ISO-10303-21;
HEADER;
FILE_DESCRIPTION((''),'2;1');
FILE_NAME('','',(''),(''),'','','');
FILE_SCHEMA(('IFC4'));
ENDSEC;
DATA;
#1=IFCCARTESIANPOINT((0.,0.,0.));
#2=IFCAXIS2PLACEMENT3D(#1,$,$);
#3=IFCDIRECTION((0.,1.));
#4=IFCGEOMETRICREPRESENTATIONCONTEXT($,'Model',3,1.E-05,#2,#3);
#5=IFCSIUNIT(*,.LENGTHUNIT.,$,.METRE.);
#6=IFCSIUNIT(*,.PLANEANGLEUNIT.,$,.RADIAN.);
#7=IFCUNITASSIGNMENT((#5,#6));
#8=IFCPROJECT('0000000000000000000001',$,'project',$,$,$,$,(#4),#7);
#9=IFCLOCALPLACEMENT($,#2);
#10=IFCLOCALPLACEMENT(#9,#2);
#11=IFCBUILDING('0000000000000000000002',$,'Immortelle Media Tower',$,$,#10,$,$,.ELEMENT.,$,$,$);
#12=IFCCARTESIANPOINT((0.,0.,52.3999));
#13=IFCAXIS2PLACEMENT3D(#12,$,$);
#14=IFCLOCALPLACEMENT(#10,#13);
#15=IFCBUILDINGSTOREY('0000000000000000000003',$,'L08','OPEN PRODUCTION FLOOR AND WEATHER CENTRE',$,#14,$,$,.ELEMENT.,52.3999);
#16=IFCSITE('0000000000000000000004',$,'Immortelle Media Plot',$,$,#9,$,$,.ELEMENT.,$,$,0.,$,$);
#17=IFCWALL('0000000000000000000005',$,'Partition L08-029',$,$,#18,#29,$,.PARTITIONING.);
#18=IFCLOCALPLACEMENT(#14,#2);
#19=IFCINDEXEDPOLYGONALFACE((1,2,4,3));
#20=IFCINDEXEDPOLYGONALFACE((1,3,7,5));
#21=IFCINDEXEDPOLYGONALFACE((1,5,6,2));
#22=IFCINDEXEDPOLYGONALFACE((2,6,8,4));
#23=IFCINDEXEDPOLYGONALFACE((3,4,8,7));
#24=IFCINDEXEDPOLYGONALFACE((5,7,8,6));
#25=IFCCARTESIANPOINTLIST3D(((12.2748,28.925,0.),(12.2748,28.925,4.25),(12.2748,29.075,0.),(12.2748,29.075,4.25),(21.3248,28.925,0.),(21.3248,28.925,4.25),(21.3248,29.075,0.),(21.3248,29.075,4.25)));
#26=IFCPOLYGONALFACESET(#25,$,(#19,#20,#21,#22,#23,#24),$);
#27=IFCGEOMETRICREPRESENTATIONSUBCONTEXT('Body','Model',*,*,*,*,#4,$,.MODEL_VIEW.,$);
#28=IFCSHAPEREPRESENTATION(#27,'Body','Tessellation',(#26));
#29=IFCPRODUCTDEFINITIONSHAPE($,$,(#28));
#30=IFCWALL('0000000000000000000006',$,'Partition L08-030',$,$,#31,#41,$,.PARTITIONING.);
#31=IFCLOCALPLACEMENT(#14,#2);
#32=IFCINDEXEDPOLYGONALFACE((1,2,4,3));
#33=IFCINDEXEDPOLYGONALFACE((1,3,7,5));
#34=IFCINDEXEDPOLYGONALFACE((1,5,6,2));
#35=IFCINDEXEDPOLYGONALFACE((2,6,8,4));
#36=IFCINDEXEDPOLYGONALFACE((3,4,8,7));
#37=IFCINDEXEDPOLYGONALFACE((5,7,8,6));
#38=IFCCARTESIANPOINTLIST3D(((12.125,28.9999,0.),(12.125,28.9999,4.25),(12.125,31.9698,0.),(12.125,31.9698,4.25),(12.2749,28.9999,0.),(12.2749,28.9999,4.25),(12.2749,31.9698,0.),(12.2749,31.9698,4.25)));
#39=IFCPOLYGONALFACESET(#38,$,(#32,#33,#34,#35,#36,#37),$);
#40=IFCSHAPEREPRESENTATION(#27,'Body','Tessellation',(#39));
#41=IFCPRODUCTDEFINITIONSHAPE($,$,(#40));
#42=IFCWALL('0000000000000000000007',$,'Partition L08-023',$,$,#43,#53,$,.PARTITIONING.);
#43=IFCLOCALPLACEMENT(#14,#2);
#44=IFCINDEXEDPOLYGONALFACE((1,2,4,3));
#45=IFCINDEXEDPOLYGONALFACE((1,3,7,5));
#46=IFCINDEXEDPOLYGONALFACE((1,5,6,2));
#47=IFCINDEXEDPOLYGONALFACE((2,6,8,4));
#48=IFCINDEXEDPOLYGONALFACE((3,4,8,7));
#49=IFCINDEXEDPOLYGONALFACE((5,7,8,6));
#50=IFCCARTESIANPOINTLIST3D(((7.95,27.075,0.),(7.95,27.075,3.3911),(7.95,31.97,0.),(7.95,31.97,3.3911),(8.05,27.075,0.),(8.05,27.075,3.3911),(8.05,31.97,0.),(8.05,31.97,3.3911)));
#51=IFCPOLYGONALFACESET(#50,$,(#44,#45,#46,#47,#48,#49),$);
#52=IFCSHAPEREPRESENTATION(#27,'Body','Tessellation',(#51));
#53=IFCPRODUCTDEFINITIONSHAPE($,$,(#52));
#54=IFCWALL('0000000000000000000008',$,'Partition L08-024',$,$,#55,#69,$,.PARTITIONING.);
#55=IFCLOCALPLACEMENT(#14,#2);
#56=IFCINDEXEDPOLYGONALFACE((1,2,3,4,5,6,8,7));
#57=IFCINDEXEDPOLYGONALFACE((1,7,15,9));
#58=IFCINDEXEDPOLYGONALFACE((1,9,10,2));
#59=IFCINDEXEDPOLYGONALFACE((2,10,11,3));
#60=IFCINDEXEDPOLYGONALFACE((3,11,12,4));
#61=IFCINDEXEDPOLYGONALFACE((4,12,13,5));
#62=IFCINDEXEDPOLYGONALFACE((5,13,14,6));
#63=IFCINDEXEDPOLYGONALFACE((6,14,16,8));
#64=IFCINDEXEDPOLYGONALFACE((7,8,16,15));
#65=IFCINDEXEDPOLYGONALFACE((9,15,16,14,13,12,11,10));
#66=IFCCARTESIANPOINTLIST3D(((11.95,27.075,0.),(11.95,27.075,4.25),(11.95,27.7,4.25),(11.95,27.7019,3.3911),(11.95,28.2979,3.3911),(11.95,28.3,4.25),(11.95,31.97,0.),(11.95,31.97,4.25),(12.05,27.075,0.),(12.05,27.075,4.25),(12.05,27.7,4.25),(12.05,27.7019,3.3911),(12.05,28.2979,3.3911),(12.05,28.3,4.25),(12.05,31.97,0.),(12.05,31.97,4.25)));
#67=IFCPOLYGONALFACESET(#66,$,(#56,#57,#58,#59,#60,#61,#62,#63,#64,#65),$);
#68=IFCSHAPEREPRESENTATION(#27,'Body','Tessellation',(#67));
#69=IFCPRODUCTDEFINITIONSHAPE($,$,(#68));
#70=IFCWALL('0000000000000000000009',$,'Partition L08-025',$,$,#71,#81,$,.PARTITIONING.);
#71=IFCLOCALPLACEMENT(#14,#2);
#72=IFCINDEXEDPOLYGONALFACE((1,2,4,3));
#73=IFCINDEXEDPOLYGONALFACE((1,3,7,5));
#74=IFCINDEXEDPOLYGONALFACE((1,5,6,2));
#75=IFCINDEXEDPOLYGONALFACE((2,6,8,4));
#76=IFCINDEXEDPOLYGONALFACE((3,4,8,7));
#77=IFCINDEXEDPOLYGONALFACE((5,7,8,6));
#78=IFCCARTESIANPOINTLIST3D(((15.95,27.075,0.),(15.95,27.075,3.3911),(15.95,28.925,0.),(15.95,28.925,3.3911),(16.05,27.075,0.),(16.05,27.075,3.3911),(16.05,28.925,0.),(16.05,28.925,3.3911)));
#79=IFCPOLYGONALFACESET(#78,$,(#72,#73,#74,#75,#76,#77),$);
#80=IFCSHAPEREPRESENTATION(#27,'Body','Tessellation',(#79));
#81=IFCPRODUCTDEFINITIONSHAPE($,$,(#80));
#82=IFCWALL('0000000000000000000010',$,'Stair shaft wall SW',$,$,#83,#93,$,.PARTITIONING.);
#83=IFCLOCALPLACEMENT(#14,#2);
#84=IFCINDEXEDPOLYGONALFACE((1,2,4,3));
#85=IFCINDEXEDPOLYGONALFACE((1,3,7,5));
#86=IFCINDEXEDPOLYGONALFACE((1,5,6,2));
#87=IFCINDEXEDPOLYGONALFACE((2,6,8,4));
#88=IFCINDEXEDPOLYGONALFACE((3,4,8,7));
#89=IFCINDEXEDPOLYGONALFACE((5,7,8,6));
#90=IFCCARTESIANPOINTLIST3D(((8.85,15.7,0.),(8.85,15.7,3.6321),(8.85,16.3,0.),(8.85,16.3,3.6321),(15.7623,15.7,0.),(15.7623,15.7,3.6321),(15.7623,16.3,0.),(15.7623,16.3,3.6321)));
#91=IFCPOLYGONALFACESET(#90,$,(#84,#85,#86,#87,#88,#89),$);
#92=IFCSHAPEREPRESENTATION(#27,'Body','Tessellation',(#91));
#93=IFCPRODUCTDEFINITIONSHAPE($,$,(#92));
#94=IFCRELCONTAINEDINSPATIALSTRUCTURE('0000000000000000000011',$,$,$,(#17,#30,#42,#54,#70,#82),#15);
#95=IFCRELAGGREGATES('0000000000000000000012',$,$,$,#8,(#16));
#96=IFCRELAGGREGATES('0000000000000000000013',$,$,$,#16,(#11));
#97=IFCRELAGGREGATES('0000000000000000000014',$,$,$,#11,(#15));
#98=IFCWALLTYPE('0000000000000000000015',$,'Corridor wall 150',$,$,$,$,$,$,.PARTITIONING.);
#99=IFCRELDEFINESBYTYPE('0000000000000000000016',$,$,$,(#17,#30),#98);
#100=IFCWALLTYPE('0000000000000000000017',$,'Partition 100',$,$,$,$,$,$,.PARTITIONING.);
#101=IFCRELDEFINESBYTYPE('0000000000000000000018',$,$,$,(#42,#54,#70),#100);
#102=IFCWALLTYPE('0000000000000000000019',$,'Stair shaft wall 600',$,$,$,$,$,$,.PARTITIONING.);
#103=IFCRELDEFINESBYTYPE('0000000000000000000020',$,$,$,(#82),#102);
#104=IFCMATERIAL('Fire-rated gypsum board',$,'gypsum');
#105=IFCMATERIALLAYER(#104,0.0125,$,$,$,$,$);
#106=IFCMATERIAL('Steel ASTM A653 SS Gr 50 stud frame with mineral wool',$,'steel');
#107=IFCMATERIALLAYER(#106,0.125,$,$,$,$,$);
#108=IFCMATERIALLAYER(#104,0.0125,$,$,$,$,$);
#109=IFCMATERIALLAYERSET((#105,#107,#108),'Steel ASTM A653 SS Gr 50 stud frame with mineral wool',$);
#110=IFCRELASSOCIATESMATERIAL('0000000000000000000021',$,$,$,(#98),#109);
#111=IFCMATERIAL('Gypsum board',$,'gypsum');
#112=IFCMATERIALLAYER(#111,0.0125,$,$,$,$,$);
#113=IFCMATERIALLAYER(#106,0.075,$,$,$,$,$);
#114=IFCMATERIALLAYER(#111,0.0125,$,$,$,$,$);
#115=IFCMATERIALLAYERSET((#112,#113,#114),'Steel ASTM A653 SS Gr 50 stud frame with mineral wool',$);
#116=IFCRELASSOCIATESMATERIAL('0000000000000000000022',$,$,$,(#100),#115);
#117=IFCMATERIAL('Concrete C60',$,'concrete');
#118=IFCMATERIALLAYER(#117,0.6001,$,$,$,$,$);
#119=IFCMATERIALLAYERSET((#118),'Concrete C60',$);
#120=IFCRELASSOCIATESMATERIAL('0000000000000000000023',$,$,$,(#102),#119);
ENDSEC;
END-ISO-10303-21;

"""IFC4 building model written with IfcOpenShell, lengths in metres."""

from ifc_helpers import new_model, si_unit, direction, frame, frame_2d, origin, place, context, subcontext, project, spatial, polyline, rectangle, outline, extrude, material, layer, layer_set, type_object, element, save


model = new_model("IFC4")

# Units and contexts
model_context = context("Model", 3, precision=1e-05, world=origin(), true_north=direction((0.0, 1.0)))
body_context = subcontext(model_context, "Body", "Model", "MODEL_VIEW")
ifc_project = project(units=[si_unit("LENGTHUNIT", "METRE"), si_unit("PLANEANGLEUNIT", "RADIAN")], contexts=[model_context])

# Site, building, storey
site_placement = place(None, origin())
site = spatial("IfcSite", under=ifc_project, at=site_placement, Name="Immortelle Media Plot", CompositionType="ELEMENT", RefElevation=0.0)
building_placement = place(site_placement, origin())
building = spatial("IfcBuilding", under=site, at=building_placement, Name="Immortelle Media Tower", CompositionType="ELEMENT")
storey_placement = place(building_placement, frame((0.0, 0.0, 52.3999)))
storey = spatial("IfcBuildingStorey", under=building, at=storey_placement, Name="L08", Description="OPEN PRODUCTION FLOOR AND WEATHER CENTRE", CompositionType="ELEMENT", Elevation=52.3999)

# Shared definitions
ifc_material_1 = material(Name="Fire-rated gypsum board", Category="gypsum")
ifc_material_2 = material(Name="Steel ASTM A653 SS Gr 50 stud frame with mineral wool", Category="steel")

# Walls
ifc_layer_1 = layer(ifc_material_1, 0.0125)
ifc_layer_2 = layer(ifc_material_2, 0.125)
ifc_layer_3 = layer(ifc_material_1, 0.0125)
ifc_layer_set_1 = layer_set([ifc_layer_1, ifc_layer_2, ifc_layer_3], Name="Steel ASTM A653 SS Gr 50 stud frame with mineral wool")
wall_type_1 = type_object("IfcWallType", Name="Corridor wall 150", PredefinedType="PARTITIONING", material=ifc_layer_set_1)
wall_1_placement = place(storey_placement, frame((12.2749, 29.0, 0.0), z_axis=(0.0, 0.0, 1.0), x_axis=(1.0, 0.0, 0.0)))
element("IfcWall", 1, at=wall_1_placement, inside=storey, type_object=wall_type_1, Name="Partition L08-029", PredefinedType="PARTITIONING", context=body_context, shape_type="SweptSolid", body=[
    extrude(rectangle(XDim=9.05, YDim=0.1499, at=frame_2d((4.5249, 0.0))), origin(), (0.0, 0.0, 1.0), 4.25),
])
wall_2_placement = place(storey_placement, frame((12.2, 29.0, 0.0), z_axis=(0.0, 0.0, 1.0), x_axis=(0.0, 1.0, 0.0)))
element("IfcWall", 2, at=wall_2_placement, inside=storey, type_object=wall_type_1, Name="Partition L08-030", PredefinedType="PARTITIONING", context=body_context, shape_type="SweptSolid", body=[
    extrude(rectangle(XDim=2.97, YDim=0.1499, at=frame_2d((1.4849, 0.0))), origin(), (0.0, 0.0, 1.0), 4.25),
])
ifc_material_3 = material(Name="Gypsum board", Category="gypsum")
ifc_layer_4 = layer(ifc_material_3, 0.0125)
ifc_layer_5 = layer(ifc_material_2, 0.075)
ifc_layer_6 = layer(ifc_material_3, 0.0125)
ifc_layer_set_2 = layer_set([ifc_layer_4, ifc_layer_5, ifc_layer_6], Name="Steel ASTM A653 SS Gr 50 stud frame with mineral wool")
wall_type_2 = type_object("IfcWallType", Name="Partition 100", PredefinedType="PARTITIONING", material=ifc_layer_set_2)
wall_3_placement = place(storey_placement, frame((8.0, 27.075, 0.0), z_axis=(0.0, 0.0, 1.0), x_axis=(0.0, 1.0, 0.0)))
element("IfcWall", 3, at=wall_3_placement, inside=storey, type_object=wall_type_2, Name="Partition L08-023", PredefinedType="PARTITIONING", context=body_context, shape_type="SweptSolid", body=[
    extrude(rectangle(XDim=4.895, YDim=0.1001, at=frame_2d((2.4475, 0.0))), origin(), (0.0, 0.0, 1.0), 3.3911),
])
wall_4_placement = place(storey_placement, frame((12.0, 27.075, 0.0), z_axis=(0.0, 0.0, 1.0), x_axis=(0.0, 1.0, 0.0)))
element("IfcWall", 4, at=wall_4_placement, inside=storey, type_object=wall_type_2, Name="Partition L08-024", PredefinedType="PARTITIONING", context=body_context, shape_type="SweptSolid", body=[
    extrude(outline(polyline([(0.0, 0.0), (4.895, 0.0), (4.895, 4.25), (1.2251, 4.25), (1.2229, 3.3911), (0.627, 3.3911), (0.625, 4.25), (0.0, 4.25), (0.0, 0.0)])), frame((0.0, 0.05, 0.0), z_axis=(0.0, -1.0, 0.0), x_axis=(1.0, 0.0, 0.0)), (0.0, 0.0, 1.0), 0.1001),
])
wall_5_placement = place(storey_placement, frame((16.0, 27.075, 0.0), z_axis=(0.0, 0.0, 1.0), x_axis=(0.0, 1.0, 0.0)))
element("IfcWall", 5, at=wall_5_placement, inside=storey, type_object=wall_type_2, Name="Partition L08-025", PredefinedType="PARTITIONING", context=body_context, shape_type="SweptSolid", body=[
    extrude(rectangle(XDim=1.8501, YDim=0.1001, at=frame_2d((0.925, 0.0))), origin(), (0.0, 0.0, 1.0), 3.3911),
])
ifc_material_4 = material(Name="Concrete C60", Category="concrete")
ifc_layer_7 = layer(ifc_material_4, 0.6001)
ifc_layer_set_3 = layer_set([ifc_layer_7], Name="Concrete C60")
wall_type_3 = type_object("IfcWallType", Name="Stair shaft wall 600", PredefinedType="PARTITIONING", material=ifc_layer_set_3)
wall_6_placement = place(storey_placement, frame((8.8501, 16.0, 0.0), z_axis=(0.0, 0.0, 1.0), x_axis=(1.0, 0.0, 0.0)))
element("IfcWall", 6, at=wall_6_placement, inside=storey, type_object=wall_type_3, Name="Stair shaft wall SW", PredefinedType="PARTITIONING", context=body_context, shape_type="SweptSolid", body=[
    extrude(rectangle(XDim=6.9124, YDim=0.6001, at=frame_2d((3.4561, 0.0))), origin(), (0.0, 0.0, 1.0), 3.6321),
])

save(model, "model.ifc")
